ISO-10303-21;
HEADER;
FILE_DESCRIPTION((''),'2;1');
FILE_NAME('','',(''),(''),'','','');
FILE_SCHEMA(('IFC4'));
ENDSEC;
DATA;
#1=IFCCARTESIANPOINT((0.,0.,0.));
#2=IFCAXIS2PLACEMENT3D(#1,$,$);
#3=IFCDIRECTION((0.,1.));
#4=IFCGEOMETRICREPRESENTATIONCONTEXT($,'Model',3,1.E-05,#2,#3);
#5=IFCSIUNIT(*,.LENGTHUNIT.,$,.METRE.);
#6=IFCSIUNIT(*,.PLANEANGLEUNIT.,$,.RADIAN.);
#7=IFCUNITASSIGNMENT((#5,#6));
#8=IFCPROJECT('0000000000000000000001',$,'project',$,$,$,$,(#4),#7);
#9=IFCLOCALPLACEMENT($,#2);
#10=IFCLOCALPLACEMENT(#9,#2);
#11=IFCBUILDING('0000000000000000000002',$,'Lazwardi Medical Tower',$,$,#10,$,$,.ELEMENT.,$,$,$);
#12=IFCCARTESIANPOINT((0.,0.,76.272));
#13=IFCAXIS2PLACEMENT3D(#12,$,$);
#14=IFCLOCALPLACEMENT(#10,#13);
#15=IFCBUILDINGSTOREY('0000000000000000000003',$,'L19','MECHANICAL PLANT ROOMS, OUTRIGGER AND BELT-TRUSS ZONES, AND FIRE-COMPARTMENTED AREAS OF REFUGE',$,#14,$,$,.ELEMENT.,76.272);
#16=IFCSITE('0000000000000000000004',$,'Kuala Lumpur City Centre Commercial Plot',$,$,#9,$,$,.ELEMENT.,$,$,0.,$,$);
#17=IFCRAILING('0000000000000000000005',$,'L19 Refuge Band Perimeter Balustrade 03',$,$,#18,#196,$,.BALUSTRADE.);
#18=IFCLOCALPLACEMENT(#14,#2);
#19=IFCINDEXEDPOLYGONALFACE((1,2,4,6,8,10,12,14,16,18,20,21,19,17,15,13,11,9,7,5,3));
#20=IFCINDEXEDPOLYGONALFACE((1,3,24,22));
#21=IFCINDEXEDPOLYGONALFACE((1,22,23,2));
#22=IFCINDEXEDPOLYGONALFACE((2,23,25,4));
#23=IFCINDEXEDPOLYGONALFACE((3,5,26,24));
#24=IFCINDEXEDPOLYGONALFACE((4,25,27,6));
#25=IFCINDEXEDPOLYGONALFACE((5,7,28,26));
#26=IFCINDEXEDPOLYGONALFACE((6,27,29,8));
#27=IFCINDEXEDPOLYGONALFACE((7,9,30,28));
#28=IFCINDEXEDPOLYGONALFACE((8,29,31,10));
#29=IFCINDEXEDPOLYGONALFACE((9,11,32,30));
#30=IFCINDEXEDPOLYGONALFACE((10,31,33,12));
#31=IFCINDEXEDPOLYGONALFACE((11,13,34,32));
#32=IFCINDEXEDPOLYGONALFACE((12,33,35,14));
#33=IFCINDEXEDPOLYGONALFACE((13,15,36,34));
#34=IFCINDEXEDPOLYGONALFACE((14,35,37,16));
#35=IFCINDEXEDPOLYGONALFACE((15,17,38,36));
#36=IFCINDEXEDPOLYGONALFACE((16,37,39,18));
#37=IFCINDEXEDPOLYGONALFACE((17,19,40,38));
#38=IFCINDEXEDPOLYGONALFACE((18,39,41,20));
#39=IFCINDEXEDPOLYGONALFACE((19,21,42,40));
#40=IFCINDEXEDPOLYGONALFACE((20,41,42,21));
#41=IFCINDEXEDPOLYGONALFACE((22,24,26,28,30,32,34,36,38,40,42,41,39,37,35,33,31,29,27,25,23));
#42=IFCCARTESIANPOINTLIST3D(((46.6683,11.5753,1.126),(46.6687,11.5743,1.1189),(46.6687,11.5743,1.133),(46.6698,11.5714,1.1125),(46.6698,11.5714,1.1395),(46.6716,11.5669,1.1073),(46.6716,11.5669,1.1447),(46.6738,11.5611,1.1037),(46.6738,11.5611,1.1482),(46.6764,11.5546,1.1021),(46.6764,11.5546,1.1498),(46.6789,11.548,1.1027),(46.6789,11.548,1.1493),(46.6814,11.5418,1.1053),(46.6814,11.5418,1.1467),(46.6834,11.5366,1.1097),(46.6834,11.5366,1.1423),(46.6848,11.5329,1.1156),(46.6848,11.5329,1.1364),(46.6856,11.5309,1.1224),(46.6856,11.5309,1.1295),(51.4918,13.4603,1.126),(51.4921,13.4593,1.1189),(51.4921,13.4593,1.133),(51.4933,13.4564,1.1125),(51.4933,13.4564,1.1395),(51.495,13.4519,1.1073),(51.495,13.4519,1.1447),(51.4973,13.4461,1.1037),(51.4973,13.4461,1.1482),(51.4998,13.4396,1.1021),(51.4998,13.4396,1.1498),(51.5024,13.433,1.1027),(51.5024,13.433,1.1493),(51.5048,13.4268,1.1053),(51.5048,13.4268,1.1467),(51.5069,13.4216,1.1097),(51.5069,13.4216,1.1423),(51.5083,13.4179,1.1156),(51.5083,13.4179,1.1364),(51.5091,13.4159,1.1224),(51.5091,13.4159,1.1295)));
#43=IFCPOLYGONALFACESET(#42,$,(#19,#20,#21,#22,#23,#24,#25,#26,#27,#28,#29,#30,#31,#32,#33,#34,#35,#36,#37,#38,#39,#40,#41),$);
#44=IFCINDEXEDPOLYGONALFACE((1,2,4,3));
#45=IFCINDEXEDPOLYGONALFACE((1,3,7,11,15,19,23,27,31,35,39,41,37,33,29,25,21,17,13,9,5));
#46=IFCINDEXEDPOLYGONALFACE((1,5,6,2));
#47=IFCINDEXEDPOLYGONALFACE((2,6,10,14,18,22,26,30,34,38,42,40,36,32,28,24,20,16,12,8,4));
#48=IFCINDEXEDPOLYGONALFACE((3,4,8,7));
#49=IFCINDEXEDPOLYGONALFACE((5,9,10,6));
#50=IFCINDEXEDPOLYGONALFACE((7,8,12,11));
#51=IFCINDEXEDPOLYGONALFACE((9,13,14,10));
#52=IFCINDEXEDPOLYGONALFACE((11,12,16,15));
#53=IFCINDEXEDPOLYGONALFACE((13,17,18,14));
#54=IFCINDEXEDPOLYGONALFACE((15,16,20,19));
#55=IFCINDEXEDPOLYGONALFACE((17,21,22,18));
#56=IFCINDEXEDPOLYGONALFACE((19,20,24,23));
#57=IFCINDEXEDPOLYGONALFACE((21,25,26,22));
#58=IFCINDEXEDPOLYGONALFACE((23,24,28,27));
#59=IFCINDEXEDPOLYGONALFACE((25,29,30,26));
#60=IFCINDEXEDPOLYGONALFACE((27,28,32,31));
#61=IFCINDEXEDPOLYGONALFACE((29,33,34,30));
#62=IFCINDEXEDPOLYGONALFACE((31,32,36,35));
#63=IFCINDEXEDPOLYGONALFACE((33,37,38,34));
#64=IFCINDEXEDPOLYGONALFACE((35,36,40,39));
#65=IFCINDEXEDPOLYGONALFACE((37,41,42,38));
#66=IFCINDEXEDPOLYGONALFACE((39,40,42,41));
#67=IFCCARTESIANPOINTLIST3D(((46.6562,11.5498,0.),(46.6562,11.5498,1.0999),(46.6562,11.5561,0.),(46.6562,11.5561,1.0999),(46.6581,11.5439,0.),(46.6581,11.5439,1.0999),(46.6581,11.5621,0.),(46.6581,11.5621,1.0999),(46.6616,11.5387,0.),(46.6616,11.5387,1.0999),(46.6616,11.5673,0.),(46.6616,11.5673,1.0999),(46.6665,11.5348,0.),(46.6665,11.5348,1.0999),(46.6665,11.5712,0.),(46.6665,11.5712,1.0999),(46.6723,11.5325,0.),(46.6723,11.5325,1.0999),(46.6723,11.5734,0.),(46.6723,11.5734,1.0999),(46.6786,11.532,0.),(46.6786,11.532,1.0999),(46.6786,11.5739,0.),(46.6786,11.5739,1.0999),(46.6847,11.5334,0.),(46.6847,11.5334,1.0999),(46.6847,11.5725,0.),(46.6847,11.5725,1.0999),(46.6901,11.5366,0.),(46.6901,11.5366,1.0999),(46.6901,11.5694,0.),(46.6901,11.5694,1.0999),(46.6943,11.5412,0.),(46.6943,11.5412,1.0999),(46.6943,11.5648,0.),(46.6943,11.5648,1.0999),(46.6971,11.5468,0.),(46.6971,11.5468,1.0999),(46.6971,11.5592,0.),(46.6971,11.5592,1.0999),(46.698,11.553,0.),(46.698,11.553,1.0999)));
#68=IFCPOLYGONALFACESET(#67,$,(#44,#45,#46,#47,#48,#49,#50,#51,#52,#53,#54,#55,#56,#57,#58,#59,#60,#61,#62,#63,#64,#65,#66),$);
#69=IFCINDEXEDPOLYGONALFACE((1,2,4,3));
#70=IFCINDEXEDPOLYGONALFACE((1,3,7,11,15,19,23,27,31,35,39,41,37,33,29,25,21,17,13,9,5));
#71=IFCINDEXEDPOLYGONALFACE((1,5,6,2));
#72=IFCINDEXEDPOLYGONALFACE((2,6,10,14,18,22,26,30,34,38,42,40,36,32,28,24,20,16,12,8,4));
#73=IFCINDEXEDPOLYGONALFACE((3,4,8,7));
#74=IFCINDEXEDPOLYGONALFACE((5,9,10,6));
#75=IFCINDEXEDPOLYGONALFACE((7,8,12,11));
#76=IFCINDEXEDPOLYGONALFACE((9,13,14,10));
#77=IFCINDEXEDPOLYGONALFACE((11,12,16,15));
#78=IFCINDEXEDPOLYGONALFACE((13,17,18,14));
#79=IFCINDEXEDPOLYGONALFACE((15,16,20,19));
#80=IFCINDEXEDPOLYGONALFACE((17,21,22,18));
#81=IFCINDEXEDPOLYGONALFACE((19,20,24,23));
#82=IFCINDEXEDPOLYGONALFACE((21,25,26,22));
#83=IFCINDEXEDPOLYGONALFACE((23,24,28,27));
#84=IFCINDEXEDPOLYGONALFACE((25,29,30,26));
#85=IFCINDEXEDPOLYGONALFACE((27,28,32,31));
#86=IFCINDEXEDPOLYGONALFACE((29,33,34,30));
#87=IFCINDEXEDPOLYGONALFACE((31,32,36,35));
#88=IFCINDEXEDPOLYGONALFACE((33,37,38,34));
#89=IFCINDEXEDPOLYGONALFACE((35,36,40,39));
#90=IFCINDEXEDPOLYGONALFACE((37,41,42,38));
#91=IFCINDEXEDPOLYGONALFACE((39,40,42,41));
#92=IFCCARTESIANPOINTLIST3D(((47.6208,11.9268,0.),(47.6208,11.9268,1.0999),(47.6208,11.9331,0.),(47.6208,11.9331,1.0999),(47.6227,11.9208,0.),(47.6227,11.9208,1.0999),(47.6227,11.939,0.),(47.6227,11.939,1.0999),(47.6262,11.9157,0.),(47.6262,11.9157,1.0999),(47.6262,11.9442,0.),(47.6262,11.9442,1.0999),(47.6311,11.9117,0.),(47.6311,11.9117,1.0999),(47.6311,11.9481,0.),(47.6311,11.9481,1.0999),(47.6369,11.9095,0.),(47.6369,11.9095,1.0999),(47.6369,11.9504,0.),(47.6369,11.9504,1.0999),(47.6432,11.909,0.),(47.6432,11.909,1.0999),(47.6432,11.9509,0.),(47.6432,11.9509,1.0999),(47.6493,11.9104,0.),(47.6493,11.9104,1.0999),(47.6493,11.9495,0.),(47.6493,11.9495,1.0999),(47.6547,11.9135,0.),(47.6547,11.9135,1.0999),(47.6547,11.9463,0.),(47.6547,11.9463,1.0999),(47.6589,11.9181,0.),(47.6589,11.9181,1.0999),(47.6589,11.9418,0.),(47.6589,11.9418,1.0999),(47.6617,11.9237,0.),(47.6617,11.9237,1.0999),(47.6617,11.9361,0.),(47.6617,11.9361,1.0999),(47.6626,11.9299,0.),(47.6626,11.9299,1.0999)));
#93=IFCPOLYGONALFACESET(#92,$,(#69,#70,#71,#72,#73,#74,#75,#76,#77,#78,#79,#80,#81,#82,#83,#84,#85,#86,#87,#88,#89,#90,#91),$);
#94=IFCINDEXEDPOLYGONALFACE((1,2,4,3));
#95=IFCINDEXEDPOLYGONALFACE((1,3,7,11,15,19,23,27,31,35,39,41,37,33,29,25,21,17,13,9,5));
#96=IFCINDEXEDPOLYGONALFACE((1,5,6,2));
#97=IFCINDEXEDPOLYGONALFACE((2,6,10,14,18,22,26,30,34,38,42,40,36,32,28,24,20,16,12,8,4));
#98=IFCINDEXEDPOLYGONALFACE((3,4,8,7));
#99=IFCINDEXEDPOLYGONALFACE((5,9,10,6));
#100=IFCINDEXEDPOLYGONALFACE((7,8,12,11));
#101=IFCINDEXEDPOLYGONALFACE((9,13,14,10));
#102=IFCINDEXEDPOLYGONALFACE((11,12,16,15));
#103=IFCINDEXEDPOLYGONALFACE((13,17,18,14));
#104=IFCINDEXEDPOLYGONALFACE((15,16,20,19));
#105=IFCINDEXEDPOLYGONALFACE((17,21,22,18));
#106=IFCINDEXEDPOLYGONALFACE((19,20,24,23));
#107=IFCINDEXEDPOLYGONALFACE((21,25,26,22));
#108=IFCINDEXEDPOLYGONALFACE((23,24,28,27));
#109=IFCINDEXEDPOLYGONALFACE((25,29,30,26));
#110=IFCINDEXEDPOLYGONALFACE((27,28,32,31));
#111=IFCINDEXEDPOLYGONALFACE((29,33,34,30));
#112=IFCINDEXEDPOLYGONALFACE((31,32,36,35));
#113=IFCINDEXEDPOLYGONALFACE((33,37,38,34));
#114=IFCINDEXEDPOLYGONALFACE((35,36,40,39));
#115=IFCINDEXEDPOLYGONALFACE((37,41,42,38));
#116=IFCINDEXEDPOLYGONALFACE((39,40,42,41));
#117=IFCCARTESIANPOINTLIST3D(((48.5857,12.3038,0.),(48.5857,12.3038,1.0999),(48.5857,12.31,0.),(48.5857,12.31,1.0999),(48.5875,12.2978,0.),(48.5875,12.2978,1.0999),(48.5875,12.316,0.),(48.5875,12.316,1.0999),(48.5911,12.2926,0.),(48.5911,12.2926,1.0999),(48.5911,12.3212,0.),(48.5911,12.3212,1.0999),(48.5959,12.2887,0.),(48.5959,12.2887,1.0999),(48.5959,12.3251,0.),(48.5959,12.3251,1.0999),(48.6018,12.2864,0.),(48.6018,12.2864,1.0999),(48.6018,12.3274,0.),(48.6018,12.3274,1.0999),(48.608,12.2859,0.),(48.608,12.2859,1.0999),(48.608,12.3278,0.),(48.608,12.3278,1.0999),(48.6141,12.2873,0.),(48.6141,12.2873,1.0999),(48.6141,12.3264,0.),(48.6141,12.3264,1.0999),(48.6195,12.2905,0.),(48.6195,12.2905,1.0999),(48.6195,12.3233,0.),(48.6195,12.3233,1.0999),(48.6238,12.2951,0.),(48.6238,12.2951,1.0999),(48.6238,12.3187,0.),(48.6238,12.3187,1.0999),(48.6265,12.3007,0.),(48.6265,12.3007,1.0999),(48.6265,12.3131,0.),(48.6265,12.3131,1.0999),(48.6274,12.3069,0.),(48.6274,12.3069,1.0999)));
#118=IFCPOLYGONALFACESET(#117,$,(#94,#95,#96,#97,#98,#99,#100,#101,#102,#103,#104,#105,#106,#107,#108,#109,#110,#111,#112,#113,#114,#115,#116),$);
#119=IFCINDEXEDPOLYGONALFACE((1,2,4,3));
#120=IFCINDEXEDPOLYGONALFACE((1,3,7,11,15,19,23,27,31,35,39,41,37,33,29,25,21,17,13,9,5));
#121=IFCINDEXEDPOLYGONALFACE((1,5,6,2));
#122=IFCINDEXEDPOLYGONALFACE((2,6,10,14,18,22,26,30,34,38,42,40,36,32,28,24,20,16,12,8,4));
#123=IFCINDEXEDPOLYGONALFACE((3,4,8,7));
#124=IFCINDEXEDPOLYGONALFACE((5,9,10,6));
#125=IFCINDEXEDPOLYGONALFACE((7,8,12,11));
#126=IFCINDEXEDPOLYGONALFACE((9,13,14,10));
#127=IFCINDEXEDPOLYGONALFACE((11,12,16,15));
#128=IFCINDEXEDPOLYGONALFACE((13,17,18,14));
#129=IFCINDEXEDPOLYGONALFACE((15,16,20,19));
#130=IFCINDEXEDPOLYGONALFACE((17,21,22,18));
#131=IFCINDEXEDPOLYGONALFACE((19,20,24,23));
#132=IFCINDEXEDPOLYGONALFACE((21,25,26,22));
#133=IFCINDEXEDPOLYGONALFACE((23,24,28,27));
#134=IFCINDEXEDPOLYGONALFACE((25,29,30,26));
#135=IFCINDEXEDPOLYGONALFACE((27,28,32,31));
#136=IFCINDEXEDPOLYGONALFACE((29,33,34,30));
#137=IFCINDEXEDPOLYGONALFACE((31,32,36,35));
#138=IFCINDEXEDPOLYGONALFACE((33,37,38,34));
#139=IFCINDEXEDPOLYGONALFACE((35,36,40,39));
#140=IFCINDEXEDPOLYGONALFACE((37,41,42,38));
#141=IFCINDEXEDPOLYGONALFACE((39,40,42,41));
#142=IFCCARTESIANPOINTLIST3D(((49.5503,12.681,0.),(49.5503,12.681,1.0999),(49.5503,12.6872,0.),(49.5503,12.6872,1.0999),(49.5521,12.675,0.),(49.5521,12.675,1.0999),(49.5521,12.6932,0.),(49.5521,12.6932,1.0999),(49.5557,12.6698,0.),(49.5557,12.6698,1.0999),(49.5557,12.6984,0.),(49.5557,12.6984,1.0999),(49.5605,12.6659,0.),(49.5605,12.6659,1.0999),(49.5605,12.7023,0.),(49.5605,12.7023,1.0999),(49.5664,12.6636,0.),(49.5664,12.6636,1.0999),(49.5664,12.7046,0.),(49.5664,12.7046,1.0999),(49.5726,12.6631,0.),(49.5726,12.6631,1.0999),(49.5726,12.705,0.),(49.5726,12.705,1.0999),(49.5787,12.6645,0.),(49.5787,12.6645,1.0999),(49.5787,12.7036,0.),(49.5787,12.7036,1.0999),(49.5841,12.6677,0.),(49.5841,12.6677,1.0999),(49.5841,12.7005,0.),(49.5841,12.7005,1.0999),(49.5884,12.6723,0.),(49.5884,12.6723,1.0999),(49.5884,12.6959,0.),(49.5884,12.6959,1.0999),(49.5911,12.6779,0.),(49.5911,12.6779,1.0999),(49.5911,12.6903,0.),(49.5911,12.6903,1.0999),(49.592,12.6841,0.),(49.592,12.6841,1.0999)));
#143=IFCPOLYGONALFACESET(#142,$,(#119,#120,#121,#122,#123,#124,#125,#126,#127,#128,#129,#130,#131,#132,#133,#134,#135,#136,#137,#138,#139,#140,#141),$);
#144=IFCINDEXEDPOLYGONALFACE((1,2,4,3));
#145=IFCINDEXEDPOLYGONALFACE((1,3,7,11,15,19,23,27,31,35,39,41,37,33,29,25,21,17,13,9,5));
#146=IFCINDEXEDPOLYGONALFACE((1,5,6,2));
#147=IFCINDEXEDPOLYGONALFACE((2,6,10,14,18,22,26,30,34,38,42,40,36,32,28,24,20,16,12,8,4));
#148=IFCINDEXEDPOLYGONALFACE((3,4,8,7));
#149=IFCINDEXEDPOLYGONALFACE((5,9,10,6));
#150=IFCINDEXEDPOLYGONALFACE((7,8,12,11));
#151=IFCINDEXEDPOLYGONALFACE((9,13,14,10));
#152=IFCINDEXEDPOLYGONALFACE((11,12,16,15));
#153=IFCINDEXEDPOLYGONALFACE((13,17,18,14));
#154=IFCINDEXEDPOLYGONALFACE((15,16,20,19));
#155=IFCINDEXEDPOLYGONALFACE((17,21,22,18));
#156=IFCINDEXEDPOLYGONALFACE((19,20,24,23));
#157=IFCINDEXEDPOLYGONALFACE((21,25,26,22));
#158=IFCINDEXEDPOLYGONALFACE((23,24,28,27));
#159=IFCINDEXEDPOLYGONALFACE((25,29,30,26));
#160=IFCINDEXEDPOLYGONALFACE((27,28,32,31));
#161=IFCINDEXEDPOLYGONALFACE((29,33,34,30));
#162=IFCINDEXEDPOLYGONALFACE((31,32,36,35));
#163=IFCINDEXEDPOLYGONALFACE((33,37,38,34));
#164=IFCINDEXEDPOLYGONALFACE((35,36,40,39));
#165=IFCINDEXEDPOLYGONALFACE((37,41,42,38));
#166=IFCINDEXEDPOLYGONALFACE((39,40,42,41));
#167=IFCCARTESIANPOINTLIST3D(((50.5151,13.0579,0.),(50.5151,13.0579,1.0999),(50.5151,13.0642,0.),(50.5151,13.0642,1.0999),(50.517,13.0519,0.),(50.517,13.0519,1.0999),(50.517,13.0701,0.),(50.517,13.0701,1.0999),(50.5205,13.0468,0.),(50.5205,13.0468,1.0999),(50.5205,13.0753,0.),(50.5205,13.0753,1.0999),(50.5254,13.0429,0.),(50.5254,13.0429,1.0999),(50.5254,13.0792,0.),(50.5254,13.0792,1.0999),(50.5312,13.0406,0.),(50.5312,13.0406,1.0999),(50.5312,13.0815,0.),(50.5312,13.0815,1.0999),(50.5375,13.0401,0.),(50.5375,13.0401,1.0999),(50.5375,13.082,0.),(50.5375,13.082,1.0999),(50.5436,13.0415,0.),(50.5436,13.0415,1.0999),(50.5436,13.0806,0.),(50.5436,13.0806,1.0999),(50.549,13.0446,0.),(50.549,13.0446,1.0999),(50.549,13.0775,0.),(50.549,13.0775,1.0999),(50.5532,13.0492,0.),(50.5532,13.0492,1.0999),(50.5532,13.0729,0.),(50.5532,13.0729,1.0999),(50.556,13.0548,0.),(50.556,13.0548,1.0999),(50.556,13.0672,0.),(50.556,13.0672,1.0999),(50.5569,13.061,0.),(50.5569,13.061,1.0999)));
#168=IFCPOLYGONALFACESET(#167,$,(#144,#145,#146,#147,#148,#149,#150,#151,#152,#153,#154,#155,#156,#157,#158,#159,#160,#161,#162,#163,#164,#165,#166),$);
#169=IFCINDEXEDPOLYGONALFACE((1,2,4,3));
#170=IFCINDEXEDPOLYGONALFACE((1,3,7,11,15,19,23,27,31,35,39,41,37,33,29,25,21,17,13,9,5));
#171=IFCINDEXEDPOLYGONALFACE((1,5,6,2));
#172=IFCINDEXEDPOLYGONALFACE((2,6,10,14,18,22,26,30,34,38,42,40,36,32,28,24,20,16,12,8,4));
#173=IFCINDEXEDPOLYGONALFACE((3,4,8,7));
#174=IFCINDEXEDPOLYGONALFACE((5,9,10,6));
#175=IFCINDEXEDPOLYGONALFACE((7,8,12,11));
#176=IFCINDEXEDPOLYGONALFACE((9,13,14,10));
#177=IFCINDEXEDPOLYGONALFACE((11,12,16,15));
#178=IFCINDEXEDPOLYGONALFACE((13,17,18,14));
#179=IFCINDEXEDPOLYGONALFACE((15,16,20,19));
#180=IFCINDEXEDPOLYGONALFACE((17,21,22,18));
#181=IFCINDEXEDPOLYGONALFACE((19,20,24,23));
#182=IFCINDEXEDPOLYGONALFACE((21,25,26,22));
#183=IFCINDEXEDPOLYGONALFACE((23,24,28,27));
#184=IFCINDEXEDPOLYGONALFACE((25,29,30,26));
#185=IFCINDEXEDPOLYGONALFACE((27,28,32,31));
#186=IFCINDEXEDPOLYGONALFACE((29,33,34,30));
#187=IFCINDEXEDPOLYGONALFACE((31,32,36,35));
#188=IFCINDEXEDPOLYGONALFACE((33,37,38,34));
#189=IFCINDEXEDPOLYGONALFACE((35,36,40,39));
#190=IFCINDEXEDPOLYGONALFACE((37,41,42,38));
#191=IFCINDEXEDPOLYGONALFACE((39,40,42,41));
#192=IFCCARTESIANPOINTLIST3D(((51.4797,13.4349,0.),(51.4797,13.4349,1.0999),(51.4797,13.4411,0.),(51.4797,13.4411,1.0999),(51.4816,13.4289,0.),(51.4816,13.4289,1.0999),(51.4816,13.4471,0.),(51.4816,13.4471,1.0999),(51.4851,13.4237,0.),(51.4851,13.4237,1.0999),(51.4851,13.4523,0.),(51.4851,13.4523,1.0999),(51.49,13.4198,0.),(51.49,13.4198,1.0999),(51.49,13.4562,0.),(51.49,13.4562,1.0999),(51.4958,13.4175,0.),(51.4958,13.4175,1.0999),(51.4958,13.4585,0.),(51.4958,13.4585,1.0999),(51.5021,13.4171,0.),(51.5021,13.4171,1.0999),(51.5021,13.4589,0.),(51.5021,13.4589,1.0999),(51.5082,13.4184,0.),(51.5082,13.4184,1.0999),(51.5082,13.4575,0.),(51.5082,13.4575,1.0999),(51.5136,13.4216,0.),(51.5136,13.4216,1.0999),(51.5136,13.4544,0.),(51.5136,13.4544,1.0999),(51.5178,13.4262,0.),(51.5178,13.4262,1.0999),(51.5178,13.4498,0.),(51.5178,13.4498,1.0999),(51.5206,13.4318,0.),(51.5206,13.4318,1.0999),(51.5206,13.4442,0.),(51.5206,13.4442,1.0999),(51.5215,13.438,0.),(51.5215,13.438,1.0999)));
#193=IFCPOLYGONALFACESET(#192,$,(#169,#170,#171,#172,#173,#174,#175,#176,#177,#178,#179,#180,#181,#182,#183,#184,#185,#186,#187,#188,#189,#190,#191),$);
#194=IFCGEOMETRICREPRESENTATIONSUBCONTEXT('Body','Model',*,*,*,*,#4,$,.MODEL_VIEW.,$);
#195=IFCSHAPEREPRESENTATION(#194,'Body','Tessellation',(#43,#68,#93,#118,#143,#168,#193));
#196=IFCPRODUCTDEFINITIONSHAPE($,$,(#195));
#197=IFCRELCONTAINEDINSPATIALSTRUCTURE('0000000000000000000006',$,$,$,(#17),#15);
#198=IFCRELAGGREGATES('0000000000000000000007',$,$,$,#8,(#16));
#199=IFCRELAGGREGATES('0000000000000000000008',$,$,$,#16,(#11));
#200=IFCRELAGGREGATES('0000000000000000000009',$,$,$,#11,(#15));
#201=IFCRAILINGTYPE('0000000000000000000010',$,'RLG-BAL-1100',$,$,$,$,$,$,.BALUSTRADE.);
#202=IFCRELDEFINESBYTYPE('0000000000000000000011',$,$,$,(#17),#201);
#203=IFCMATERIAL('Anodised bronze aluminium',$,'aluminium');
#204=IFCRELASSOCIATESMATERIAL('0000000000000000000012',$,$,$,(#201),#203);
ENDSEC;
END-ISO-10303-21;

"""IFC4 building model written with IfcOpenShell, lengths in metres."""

from ifc_helpers import new_model, si_unit, direction, frame, origin, origin_2d, place, context, subcontext, project, spatial, circle, extrude, material, type_object, element, save


model = new_model("IFC4")

# Units and contexts
model_context = context("Model", 3, precision=1e-05, world=origin(), true_north=direction((0.0, 1.0)))
body_context = subcontext(model_context, "Body", "Model", "MODEL_VIEW")
ifc_project = project(units=[si_unit("LENGTHUNIT", "METRE"), si_unit("PLANEANGLEUNIT", "RADIAN")], contexts=[model_context])

# Site, building, storey
site_placement = place(None, origin())
site = spatial("IfcSite", under=ifc_project, at=site_placement, Name="Kuala Lumpur City Centre Commercial Plot", CompositionType="ELEMENT", RefElevation=0.0)
building_placement = place(site_placement, origin())
building = spatial("IfcBuilding", under=site, at=building_placement, Name="Lazwardi Medical Tower", CompositionType="ELEMENT")
storey_placement = place(building_placement, frame((0.0, 0.0, 76.272)))
storey = spatial("IfcBuildingStorey", under=building, at=storey_placement, Name="L19", Description="MECHANICAL PLANT ROOMS, OUTRIGGER AND BELT-TRUSS ZONES, AND FIRE-COMPARTMENTED AREAS OF REFUGE", CompositionType="ELEMENT", Elevation=76.272)

# Railing
ifc_material_1 = material(Name="Anodised bronze aluminium", Category="aluminium")
railing_type = type_object("IfcRailingType", Name="RLG-BAL-1100", PredefinedType="BALUSTRADE", material=ifc_material_1)
railing_1_placement = place(storey_placement, frame((46.677, 11.553, 0.0)))
element("IfcRailing", 1, at=railing_1_placement, inside=storey, type_object=railing_type, Name="L19 Refuge Band Perimeter Balustrade 03", PredefinedType="BALUSTRADE", context=body_context, shape_type="SweptSolid", body=[
    extrude(circle(Radius=0.0239, at=origin_2d()), frame((0.0, 0.0, 1.126), z_axis=(0.931403, 0.36399, 0.0), x_axis=(-0.36399, 0.931403, 0.0)), (0.0, 0.0, 1.0), 5.1787),
    extrude(circle(Radius=0.021, at=origin_2d()), origin(), (0.0, 0.0, 1.0), 1.0999),
    extrude(circle(Radius=0.021, at=origin_2d()), frame((0.9646, 0.377, 0.0)), (0.0, 0.0, 1.0), 1.0999),
    extrude(circle(Radius=0.021, at=origin_2d()), frame((1.9294, 0.7539, 0.0)), (0.0, 0.0, 1.0), 1.0999),
    extrude(circle(Radius=0.021, at=origin_2d()), frame((2.894, 1.1311, 0.0)), (0.0, 0.0, 1.0), 1.0999),
    extrude(circle(Radius=0.021, at=origin_2d()), frame((3.8589, 1.5081, 0.0)), (0.0, 0.0, 1.0), 1.0999),
    extrude(circle(Radius=0.021, at=origin_2d()), frame((4.8235, 1.885, 0.0)), (0.0, 0.0, 1.0), 1.0999),
])

save(model, "model.ifc")
